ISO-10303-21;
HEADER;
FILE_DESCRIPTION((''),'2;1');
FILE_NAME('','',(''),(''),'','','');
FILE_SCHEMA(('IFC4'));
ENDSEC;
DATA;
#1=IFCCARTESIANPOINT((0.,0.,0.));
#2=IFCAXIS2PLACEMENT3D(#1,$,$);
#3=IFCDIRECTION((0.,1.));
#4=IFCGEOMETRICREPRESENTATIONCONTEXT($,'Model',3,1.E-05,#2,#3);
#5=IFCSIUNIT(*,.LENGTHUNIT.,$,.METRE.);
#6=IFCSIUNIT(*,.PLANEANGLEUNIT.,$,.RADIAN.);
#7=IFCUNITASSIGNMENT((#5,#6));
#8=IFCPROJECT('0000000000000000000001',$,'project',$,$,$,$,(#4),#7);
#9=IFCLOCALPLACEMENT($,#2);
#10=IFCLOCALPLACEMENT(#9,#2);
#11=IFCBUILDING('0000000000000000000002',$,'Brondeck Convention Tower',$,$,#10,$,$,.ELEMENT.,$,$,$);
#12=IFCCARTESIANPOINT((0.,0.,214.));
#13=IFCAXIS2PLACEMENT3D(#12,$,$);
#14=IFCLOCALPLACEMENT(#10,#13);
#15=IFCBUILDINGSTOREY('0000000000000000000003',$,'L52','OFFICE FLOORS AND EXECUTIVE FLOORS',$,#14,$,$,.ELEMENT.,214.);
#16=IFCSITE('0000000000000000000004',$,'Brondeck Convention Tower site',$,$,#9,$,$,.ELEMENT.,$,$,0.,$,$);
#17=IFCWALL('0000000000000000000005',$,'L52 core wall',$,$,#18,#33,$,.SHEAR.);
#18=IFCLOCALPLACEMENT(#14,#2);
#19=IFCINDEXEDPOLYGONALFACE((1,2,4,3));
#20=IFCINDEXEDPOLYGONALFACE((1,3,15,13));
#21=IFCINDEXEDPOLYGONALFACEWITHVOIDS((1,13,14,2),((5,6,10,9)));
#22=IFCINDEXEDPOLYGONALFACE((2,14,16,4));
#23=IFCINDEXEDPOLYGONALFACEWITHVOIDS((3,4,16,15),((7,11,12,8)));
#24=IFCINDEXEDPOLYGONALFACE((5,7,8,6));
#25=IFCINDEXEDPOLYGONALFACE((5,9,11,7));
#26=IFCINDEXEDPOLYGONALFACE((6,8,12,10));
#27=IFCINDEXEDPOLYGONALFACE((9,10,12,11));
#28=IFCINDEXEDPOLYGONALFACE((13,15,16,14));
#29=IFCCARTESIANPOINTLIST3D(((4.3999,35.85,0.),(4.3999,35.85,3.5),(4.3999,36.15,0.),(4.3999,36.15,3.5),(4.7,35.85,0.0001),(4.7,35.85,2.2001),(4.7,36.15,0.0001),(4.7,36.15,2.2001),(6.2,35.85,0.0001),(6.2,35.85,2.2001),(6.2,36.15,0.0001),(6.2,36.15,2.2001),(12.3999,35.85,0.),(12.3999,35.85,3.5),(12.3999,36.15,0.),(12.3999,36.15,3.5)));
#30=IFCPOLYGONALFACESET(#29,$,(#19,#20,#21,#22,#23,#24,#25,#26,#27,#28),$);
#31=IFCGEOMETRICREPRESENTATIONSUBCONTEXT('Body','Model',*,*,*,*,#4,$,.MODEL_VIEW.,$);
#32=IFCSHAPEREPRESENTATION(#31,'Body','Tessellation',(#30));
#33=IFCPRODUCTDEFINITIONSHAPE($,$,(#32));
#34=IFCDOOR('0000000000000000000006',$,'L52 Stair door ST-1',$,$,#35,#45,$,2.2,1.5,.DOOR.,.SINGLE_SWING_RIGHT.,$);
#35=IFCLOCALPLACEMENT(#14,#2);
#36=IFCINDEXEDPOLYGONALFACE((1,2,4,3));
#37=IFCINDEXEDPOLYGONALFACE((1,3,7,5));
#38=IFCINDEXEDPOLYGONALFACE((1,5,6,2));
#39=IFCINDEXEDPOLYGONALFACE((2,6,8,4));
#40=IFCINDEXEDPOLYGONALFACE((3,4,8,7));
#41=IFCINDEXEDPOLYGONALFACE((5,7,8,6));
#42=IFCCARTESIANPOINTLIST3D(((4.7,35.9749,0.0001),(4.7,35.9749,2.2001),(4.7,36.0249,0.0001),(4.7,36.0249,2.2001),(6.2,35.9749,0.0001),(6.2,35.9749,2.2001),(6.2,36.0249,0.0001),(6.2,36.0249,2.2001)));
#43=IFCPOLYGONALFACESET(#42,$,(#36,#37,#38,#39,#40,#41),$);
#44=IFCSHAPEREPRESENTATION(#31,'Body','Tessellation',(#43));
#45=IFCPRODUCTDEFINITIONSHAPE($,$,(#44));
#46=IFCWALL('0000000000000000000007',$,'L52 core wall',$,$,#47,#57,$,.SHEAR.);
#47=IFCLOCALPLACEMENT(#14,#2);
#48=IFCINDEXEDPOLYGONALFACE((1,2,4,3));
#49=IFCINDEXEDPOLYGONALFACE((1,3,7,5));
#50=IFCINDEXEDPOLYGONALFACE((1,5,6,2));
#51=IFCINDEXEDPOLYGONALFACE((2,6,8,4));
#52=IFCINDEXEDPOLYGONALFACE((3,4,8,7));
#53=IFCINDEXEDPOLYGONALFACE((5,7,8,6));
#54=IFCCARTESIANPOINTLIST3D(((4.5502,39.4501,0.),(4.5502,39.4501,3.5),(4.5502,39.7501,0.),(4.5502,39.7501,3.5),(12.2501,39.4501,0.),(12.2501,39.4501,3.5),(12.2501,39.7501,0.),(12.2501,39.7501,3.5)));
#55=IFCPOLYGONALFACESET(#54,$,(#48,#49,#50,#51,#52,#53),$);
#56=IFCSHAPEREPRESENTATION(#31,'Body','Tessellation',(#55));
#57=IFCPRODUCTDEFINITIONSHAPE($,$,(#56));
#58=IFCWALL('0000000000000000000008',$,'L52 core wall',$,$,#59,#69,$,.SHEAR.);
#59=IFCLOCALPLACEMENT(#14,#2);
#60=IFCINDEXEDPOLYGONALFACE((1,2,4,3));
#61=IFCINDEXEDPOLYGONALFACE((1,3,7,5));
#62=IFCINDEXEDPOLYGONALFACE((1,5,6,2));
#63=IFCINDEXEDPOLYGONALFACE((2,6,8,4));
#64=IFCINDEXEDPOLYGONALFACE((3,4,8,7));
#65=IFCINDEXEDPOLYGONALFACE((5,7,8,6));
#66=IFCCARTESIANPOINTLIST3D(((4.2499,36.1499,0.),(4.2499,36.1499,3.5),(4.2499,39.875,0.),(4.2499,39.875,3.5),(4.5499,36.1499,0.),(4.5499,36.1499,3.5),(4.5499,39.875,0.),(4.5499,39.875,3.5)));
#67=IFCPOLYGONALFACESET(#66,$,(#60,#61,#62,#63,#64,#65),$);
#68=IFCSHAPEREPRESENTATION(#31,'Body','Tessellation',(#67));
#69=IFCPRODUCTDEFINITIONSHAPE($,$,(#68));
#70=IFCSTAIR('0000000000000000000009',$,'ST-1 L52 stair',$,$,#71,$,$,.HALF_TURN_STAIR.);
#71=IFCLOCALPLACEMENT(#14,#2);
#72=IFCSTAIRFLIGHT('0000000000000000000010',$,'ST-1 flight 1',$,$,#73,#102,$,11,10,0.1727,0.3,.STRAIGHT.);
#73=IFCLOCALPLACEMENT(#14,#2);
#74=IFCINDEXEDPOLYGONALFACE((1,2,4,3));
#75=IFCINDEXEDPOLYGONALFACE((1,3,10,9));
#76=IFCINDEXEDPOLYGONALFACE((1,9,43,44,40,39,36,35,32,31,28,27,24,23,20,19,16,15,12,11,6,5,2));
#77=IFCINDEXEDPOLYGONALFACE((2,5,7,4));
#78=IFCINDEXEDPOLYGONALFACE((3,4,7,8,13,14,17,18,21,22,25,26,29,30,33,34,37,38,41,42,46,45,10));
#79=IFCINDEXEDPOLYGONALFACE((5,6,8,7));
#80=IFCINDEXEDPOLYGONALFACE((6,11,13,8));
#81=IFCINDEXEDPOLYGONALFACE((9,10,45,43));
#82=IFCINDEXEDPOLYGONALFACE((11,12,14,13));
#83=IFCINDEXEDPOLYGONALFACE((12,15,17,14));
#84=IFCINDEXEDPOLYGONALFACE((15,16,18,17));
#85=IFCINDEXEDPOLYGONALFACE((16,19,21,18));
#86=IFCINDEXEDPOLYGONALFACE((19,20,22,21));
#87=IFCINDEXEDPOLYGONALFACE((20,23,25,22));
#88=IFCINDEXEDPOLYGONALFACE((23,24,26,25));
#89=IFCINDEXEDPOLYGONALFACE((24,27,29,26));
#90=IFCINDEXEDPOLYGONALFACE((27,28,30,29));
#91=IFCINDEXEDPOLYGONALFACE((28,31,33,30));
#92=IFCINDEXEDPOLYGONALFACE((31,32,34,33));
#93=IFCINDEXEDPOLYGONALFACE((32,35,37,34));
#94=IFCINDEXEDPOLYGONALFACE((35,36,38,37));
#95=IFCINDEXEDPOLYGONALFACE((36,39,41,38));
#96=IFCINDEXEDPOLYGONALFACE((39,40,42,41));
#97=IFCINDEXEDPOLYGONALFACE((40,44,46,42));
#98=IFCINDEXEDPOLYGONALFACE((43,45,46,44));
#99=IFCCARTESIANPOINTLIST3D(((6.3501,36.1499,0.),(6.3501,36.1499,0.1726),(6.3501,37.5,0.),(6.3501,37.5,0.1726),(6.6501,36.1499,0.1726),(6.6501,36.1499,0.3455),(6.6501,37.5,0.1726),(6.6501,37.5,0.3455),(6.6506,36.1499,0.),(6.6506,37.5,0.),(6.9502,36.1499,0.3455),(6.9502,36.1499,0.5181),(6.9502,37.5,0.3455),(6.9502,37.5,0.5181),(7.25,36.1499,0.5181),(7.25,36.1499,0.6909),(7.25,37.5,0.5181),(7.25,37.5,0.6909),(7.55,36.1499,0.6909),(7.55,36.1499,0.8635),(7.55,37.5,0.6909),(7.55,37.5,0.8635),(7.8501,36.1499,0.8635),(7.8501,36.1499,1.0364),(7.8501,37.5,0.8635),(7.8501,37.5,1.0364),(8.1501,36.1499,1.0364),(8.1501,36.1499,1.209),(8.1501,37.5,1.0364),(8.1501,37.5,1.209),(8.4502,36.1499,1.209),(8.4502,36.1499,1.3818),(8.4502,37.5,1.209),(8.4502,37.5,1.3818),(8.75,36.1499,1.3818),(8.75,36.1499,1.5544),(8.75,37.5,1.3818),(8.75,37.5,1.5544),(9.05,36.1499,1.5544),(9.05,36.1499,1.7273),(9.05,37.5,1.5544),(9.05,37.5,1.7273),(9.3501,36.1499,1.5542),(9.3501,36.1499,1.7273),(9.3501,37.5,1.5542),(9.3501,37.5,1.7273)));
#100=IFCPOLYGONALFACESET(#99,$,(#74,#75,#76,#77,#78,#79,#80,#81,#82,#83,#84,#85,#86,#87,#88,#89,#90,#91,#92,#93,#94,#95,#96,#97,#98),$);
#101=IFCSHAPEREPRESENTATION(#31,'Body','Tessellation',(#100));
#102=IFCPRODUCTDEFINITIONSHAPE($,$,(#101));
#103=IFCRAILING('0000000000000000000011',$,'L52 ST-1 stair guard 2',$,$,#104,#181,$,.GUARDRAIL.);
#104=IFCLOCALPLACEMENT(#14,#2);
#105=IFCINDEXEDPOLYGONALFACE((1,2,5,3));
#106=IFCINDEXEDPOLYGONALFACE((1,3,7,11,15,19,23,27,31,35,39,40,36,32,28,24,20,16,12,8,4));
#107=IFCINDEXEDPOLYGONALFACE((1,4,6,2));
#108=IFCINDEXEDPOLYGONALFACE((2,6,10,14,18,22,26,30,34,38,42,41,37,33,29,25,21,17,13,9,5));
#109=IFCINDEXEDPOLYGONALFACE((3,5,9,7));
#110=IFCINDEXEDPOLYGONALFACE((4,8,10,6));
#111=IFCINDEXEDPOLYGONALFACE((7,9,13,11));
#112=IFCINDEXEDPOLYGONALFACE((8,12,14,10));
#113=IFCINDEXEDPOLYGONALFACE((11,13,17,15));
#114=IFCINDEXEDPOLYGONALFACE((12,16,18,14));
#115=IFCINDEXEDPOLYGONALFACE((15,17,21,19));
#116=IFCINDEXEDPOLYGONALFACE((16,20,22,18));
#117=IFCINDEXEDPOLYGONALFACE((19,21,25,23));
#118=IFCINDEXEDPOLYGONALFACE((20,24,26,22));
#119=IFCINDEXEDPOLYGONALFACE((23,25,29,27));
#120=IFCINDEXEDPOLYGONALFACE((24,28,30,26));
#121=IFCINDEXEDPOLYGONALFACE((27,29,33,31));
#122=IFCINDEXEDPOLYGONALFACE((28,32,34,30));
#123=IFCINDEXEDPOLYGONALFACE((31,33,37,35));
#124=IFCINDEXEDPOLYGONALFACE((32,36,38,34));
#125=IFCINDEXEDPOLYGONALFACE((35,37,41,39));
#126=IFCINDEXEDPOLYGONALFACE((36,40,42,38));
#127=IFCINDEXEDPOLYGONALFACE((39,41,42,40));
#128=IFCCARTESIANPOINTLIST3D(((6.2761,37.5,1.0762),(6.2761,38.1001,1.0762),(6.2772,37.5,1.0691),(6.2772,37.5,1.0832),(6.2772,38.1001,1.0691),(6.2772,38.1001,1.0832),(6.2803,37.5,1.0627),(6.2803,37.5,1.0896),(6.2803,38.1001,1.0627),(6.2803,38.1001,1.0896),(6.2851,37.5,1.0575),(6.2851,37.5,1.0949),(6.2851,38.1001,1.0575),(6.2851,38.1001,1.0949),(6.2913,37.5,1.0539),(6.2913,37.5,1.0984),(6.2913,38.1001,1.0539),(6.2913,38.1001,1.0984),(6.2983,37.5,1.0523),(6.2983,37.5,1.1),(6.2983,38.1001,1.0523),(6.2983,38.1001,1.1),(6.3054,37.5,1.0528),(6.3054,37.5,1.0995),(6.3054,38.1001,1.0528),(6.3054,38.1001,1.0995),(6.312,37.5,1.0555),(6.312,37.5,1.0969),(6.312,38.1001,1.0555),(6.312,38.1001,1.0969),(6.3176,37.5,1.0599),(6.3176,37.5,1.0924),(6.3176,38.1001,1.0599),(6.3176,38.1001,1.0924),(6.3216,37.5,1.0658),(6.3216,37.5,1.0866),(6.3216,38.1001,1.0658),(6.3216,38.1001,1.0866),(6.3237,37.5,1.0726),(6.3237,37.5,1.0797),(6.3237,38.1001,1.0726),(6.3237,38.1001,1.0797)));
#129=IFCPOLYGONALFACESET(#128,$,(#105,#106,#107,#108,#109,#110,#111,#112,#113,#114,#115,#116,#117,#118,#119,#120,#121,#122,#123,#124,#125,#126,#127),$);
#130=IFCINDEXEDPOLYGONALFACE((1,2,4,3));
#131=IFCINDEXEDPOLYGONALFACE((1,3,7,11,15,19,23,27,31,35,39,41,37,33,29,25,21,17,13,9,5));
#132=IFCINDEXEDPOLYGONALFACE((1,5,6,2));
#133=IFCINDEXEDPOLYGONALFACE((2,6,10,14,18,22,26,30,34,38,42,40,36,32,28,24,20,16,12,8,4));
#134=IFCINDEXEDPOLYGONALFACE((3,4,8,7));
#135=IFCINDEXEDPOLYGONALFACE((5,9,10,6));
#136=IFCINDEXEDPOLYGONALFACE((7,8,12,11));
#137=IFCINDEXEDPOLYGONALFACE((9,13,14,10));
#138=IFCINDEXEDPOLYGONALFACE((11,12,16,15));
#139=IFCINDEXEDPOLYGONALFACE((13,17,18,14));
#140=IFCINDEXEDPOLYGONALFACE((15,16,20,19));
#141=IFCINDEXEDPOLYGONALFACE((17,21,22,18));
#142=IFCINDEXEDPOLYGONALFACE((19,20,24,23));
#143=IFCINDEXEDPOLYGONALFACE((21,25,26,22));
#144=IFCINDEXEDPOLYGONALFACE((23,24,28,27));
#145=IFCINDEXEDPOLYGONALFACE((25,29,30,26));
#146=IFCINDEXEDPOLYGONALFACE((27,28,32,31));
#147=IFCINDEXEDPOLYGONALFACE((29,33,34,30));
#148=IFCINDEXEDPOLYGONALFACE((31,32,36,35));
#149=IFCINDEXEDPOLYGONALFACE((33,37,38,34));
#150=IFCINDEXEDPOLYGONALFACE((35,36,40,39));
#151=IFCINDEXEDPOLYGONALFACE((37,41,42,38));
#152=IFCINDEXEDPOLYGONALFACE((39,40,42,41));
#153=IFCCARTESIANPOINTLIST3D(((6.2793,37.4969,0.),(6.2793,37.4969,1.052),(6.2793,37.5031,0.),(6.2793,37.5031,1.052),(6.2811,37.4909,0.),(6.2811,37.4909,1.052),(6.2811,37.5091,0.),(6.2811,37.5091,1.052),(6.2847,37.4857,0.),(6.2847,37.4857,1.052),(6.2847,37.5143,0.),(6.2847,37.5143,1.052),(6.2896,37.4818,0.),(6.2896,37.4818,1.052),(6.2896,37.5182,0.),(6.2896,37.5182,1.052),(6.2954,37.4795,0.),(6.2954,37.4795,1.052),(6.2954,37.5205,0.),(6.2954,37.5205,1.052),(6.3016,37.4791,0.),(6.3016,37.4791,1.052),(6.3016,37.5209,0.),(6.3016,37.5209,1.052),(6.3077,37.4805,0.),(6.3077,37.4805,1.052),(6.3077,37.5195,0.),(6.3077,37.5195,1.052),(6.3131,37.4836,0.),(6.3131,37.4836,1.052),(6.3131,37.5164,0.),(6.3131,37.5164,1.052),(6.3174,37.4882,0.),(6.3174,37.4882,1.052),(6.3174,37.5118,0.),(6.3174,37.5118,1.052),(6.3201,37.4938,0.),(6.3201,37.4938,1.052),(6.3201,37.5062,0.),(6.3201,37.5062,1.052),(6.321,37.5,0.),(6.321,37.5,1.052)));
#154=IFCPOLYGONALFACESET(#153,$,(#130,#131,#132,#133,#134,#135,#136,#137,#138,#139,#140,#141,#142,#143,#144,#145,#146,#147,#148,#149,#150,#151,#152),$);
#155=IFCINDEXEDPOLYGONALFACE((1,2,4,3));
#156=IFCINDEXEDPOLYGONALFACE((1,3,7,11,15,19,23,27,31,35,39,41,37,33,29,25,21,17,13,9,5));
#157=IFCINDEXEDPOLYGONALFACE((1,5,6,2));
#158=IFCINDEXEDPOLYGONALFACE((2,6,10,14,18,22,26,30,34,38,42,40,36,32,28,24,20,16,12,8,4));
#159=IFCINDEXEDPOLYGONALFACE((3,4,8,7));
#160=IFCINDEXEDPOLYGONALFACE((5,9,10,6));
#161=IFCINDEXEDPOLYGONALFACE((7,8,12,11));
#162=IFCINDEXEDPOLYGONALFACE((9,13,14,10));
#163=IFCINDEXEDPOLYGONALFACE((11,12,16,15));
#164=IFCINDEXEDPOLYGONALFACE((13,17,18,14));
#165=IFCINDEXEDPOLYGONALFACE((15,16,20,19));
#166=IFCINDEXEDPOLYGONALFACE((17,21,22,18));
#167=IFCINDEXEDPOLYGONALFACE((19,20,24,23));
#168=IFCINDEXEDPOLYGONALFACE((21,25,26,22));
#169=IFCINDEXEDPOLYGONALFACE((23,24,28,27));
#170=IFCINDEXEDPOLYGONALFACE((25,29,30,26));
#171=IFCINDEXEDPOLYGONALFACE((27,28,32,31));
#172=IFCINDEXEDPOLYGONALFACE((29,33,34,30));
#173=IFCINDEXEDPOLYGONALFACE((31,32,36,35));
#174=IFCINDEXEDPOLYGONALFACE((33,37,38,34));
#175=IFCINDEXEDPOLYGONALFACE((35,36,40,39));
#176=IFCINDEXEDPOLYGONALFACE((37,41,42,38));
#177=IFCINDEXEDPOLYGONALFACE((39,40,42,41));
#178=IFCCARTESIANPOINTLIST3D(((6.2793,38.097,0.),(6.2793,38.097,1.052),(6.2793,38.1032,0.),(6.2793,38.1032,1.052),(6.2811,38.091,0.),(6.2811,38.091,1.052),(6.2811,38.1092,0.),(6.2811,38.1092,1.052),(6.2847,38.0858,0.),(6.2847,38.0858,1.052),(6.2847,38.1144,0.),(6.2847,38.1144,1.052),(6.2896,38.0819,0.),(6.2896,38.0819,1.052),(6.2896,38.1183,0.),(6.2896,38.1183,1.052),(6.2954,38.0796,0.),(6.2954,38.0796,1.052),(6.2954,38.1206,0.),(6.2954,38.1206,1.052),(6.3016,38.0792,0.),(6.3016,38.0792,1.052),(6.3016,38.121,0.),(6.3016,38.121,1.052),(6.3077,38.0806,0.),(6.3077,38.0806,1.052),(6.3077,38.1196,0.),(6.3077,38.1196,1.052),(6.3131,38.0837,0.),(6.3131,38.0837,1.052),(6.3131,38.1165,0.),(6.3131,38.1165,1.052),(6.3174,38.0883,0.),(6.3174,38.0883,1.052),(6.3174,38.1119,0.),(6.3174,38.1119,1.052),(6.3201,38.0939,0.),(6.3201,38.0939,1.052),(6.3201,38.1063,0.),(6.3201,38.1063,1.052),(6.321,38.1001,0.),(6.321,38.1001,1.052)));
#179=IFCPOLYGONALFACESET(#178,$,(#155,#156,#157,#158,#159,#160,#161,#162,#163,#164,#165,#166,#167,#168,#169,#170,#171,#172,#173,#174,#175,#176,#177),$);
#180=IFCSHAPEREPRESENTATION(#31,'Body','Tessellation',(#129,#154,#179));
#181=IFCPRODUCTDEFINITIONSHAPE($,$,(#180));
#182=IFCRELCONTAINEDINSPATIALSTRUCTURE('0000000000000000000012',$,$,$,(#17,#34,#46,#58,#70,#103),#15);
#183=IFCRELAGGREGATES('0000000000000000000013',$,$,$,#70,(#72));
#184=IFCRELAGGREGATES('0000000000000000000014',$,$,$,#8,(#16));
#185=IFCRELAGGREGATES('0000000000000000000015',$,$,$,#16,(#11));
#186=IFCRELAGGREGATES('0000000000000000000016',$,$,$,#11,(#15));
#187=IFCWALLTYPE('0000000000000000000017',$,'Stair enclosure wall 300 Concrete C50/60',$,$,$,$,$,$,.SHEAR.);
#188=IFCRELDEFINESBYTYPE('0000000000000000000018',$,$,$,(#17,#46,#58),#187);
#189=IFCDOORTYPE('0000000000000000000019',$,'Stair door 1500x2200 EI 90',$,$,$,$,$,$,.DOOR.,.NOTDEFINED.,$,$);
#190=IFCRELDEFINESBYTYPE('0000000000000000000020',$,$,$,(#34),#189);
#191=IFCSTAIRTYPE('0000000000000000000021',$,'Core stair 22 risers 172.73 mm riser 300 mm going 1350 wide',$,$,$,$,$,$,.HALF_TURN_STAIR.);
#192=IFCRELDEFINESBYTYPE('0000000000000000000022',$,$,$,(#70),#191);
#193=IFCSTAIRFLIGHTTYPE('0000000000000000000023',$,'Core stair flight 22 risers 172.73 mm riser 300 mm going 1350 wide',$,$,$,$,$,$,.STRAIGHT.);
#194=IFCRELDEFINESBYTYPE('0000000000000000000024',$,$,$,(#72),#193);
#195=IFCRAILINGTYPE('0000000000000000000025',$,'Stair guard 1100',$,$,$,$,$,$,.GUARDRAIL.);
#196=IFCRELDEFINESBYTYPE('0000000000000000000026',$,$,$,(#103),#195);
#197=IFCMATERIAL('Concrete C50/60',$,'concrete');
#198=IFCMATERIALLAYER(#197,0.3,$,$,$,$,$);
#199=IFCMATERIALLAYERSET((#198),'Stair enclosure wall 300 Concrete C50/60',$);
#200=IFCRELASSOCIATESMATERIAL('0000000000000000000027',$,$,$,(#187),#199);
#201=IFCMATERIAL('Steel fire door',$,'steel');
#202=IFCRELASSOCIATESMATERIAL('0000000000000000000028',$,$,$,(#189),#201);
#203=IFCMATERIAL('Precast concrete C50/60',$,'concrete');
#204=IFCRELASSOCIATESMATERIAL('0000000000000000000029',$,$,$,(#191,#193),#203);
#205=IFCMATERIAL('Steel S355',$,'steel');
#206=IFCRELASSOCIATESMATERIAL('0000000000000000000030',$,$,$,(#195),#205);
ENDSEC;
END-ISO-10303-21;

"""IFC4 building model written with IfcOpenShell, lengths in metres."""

from ifc_helpers import new_model, si_unit, direction, frame, frame_2d, origin, origin_2d, place, context, subcontext, project, spatial, polyline, rectangle, circle, outline, extrude, material, layer, layer_set, type_object, element, fill, aggregate, save


model = new_model("IFC4")

# Units and contexts
model_context = context("Model", 3, precision=1e-05, world=origin(), true_north=direction((0.0, 1.0)))
body_context = subcontext(model_context, "Body", "Model", "MODEL_VIEW")
ifc_project = project(units=[si_unit("LENGTHUNIT", "METRE"), si_unit("PLANEANGLEUNIT", "RADIAN")], contexts=[model_context])

# Site, building, storey
site_placement = place(None, origin())
site = spatial("IfcSite", under=ifc_project, at=site_placement, Name="Brondeck Convention Tower site", CompositionType="ELEMENT", RefElevation=0.0)
building_placement = place(site_placement, origin())
building = spatial("IfcBuilding", under=site, at=building_placement, Name="Brondeck Convention Tower", CompositionType="ELEMENT")
storey_placement = place(building_placement, frame((0.0, 0.0, 214.0)))
storey = spatial("IfcBuildingStorey", under=building, at=storey_placement, Name="L52", Description="OFFICE FLOORS AND EXECUTIVE FLOORS", CompositionType="ELEMENT", Elevation=214.0)

# Shared definitions
ifc_material_1 = material(Name="Concrete C50/60", Category="concrete")

# Shared definitions
ifc_material_2 = material(Name="Steel fire door", Category="steel")

# Wall, opening, door
ifc_layer_1 = layer(ifc_material_1, 0.3)
ifc_layer_set_1 = layer_set([ifc_layer_1], Name="Stair enclosure wall 300 Concrete C50/60")
wall_type_1 = type_object("IfcWallType", Name="Stair enclosure wall 300 Concrete C50/60", PredefinedType="SHEAR", material=ifc_layer_set_1)
wall_1_placement = place(storey_placement, frame((4.3999, 36.0, 0.0), z_axis=(0.0, 0.0, 1.0), x_axis=(1.0, 0.0, 0.0)))
wall_1 = element("IfcWall", 1, at=wall_1_placement, inside=storey, type_object=wall_type_1, Name="L52 core wall", PredefinedType="SHEAR", context=body_context, shape_type="SweptSolid", body=[
    extrude(rectangle(XDim=8.0, YDim=0.3, at=frame_2d((4.0, 0.0))), origin(), (0.0, 0.0, 1.0), 3.5),
])
opening_1_placement = place(wall_1_placement, frame((0.3, 0.0, 0.0)))
opening_1 = element("IfcOpeningElement", 2, at=opening_1_placement, cuts=wall_1, PredefinedType="OPENING", context=body_context, shape_type="SweptSolid", body=[
    extrude(rectangle(XDim=1.5, YDim=2.2, at=frame_2d((0.75, 1.1001))), frame((0.0, 0.1599, 0.0), z_axis=(0.0, -1.0, 0.0), x_axis=(1.0, 0.0, 0.0)), (0.0, 0.0, 1.0), 0.3201),
])
door_type_1 = type_object("IfcDoorType", Name="Stair door 1500x2200 EI 90", OperationType="NOTDEFINED", PredefinedType="DOOR", material=ifc_material_2)
door_1_placement = place(opening_1_placement, origin())
door_1 = element("IfcDoor", 3, at=door_1_placement, inside=storey, type_object=door_type_1, Name="L52 Stair door ST-1", OperationType="SINGLE_SWING_RIGHT", OverallHeight=2.2, OverallWidth=1.5, PredefinedType="DOOR", context=body_context, shape_type="SweptSolid", body=[
    extrude(rectangle(XDim=1.5, YDim=2.2, at=frame_2d((0.75, 1.1001))), frame((0.0, 0.0249, 0.0), z_axis=(0.0, -1.0, 0.0), x_axis=(1.0, 0.0, 0.0)), (0.0, 0.0, 1.0), 0.05),
])
fill(opening_1, door_1)

# Walls
wall_2_placement = place(storey_placement, frame((4.55, 39.6001, 0.0), z_axis=(0.0, 0.0, 1.0), x_axis=(1.0, 0.0, 0.0)))
element("IfcWall", 4, at=wall_2_placement, inside=storey, type_object=wall_type_1, Name="L52 core wall", PredefinedType="SHEAR", context=body_context, shape_type="SweptSolid", body=[
    extrude(rectangle(XDim=7.7, YDim=0.3, at=frame_2d((3.8501, 0.0))), origin(), (0.0, 0.0, 1.0), 3.5),
])
wall_3_placement = place(storey_placement, frame((4.3999, 36.1499, 0.0), z_axis=(0.0, 0.0, 1.0), x_axis=(0.0, 1.0, 0.0)))
element("IfcWall", 5, at=wall_3_placement, inside=storey, type_object=wall_type_1, Name="L52 core wall", PredefinedType="SHEAR", context=body_context, shape_type="SweptSolid", body=[
    extrude(rectangle(XDim=3.7251, YDim=0.3, at=frame_2d((1.8625, 0.0))), origin(), (0.0, 0.0, 1.0), 3.5),
])

# Stair, stair flight
ifc_material_3 = material(Name="Precast concrete C50/60", Category="concrete")
stair_type = type_object("IfcStairType", Name="Core stair 22 risers 172.73 mm riser 300 mm going 1350 wide", PredefinedType="HALF_TURN_STAIR", material=ifc_material_3)
stair_placement = place(storey_placement, origin())
stair = element("IfcStair", 6, at=stair_placement, inside=storey, type_object=stair_type, Name="ST-1 L52 stair", PredefinedType="HALF_TURN_STAIR")
stair_flight_type = type_object("IfcStairFlightType", Name="Core stair flight 22 risers 172.73 mm riser 300 mm going 1350 wide", PredefinedType="STRAIGHT", material=ifc_material_3)
stair_flight_placement = place(storey_placement, frame((6.3501, 36.825, 0.0), z_axis=(0.0, 0.0, 1.0), x_axis=(1.0, 0.0, 0.0)))
stair_flight = element("IfcStairFlight", 7, at=stair_flight_placement, type_object=stair_flight_type, Name="ST-1 flight 1", NumberOfRisers=11, NumberOfTreads=10, PredefinedType="STRAIGHT", RiserHeight=0.1727, TreadLength=0.3, context=body_context, shape_type="SweptSolid", body=[
    extrude(outline(polyline([(0.0, 0.0), (0.0, 0.1726), (0.3, 0.1726), (0.3, 0.3455), (0.6001, 0.3455), (0.6001, 0.5181), (0.8999, 0.5181), (0.8999, 0.6909), (1.2, 0.6909), (1.2, 0.8635), (1.5, 0.8635), (1.5, 1.0364), (1.8, 1.0364), (1.8, 1.209), (2.1001, 1.209), (2.1001, 1.3818), (2.3999, 1.3818), (2.3999, 1.5544), (2.7, 1.5544), (2.7, 1.7273), (3.0, 1.7273), (3.0, 1.8999), (3.0, 1.5542), (0.3005, 0.0), (0.0, 0.0)])), frame((0.0, 0.675, 0.0), z_axis=(0.0, -1.0, 0.0), x_axis=(1.0, 0.0, 0.0)), (0.0, 0.0, 1.0), 1.3501),
])
aggregate(stair, [stair_flight])

# Railing
ifc_material_4 = material(Name="Steel S355", Category="steel")
railing_type_1 = type_object("IfcRailingType", Name="Stair guard 1100", PredefinedType="GUARDRAIL", material=ifc_material_4)
railing_1_placement = place(storey_placement, frame((6.3, 37.5, 0.0)))
element("IfcRailing", 8, at=railing_1_placement, inside=storey, type_object=railing_type_1, Name="L52 ST-1 stair guard 2", PredefinedType="GUARDRAIL", context=body_context, shape_type="SweptSolid", body=[
    extrude(circle(Radius=0.0239, at=origin_2d()), frame((0.0, 0.0, 1.0762), z_axis=(0.0, 1.0, 0.0), x_axis=(-1.0, 0.0, 0.0)), (0.0, 0.0, 1.0), 0.6001),
    extrude(circle(Radius=0.021, at=origin_2d()), origin(), (0.0, 0.0, 1.0), 1.052),
    extrude(circle(Radius=0.021, at=origin_2d()), frame((0.0, 0.6001, 0.0)), (0.0, 0.0, 1.0), 1.052),
])

save(model, "model.ifc")
